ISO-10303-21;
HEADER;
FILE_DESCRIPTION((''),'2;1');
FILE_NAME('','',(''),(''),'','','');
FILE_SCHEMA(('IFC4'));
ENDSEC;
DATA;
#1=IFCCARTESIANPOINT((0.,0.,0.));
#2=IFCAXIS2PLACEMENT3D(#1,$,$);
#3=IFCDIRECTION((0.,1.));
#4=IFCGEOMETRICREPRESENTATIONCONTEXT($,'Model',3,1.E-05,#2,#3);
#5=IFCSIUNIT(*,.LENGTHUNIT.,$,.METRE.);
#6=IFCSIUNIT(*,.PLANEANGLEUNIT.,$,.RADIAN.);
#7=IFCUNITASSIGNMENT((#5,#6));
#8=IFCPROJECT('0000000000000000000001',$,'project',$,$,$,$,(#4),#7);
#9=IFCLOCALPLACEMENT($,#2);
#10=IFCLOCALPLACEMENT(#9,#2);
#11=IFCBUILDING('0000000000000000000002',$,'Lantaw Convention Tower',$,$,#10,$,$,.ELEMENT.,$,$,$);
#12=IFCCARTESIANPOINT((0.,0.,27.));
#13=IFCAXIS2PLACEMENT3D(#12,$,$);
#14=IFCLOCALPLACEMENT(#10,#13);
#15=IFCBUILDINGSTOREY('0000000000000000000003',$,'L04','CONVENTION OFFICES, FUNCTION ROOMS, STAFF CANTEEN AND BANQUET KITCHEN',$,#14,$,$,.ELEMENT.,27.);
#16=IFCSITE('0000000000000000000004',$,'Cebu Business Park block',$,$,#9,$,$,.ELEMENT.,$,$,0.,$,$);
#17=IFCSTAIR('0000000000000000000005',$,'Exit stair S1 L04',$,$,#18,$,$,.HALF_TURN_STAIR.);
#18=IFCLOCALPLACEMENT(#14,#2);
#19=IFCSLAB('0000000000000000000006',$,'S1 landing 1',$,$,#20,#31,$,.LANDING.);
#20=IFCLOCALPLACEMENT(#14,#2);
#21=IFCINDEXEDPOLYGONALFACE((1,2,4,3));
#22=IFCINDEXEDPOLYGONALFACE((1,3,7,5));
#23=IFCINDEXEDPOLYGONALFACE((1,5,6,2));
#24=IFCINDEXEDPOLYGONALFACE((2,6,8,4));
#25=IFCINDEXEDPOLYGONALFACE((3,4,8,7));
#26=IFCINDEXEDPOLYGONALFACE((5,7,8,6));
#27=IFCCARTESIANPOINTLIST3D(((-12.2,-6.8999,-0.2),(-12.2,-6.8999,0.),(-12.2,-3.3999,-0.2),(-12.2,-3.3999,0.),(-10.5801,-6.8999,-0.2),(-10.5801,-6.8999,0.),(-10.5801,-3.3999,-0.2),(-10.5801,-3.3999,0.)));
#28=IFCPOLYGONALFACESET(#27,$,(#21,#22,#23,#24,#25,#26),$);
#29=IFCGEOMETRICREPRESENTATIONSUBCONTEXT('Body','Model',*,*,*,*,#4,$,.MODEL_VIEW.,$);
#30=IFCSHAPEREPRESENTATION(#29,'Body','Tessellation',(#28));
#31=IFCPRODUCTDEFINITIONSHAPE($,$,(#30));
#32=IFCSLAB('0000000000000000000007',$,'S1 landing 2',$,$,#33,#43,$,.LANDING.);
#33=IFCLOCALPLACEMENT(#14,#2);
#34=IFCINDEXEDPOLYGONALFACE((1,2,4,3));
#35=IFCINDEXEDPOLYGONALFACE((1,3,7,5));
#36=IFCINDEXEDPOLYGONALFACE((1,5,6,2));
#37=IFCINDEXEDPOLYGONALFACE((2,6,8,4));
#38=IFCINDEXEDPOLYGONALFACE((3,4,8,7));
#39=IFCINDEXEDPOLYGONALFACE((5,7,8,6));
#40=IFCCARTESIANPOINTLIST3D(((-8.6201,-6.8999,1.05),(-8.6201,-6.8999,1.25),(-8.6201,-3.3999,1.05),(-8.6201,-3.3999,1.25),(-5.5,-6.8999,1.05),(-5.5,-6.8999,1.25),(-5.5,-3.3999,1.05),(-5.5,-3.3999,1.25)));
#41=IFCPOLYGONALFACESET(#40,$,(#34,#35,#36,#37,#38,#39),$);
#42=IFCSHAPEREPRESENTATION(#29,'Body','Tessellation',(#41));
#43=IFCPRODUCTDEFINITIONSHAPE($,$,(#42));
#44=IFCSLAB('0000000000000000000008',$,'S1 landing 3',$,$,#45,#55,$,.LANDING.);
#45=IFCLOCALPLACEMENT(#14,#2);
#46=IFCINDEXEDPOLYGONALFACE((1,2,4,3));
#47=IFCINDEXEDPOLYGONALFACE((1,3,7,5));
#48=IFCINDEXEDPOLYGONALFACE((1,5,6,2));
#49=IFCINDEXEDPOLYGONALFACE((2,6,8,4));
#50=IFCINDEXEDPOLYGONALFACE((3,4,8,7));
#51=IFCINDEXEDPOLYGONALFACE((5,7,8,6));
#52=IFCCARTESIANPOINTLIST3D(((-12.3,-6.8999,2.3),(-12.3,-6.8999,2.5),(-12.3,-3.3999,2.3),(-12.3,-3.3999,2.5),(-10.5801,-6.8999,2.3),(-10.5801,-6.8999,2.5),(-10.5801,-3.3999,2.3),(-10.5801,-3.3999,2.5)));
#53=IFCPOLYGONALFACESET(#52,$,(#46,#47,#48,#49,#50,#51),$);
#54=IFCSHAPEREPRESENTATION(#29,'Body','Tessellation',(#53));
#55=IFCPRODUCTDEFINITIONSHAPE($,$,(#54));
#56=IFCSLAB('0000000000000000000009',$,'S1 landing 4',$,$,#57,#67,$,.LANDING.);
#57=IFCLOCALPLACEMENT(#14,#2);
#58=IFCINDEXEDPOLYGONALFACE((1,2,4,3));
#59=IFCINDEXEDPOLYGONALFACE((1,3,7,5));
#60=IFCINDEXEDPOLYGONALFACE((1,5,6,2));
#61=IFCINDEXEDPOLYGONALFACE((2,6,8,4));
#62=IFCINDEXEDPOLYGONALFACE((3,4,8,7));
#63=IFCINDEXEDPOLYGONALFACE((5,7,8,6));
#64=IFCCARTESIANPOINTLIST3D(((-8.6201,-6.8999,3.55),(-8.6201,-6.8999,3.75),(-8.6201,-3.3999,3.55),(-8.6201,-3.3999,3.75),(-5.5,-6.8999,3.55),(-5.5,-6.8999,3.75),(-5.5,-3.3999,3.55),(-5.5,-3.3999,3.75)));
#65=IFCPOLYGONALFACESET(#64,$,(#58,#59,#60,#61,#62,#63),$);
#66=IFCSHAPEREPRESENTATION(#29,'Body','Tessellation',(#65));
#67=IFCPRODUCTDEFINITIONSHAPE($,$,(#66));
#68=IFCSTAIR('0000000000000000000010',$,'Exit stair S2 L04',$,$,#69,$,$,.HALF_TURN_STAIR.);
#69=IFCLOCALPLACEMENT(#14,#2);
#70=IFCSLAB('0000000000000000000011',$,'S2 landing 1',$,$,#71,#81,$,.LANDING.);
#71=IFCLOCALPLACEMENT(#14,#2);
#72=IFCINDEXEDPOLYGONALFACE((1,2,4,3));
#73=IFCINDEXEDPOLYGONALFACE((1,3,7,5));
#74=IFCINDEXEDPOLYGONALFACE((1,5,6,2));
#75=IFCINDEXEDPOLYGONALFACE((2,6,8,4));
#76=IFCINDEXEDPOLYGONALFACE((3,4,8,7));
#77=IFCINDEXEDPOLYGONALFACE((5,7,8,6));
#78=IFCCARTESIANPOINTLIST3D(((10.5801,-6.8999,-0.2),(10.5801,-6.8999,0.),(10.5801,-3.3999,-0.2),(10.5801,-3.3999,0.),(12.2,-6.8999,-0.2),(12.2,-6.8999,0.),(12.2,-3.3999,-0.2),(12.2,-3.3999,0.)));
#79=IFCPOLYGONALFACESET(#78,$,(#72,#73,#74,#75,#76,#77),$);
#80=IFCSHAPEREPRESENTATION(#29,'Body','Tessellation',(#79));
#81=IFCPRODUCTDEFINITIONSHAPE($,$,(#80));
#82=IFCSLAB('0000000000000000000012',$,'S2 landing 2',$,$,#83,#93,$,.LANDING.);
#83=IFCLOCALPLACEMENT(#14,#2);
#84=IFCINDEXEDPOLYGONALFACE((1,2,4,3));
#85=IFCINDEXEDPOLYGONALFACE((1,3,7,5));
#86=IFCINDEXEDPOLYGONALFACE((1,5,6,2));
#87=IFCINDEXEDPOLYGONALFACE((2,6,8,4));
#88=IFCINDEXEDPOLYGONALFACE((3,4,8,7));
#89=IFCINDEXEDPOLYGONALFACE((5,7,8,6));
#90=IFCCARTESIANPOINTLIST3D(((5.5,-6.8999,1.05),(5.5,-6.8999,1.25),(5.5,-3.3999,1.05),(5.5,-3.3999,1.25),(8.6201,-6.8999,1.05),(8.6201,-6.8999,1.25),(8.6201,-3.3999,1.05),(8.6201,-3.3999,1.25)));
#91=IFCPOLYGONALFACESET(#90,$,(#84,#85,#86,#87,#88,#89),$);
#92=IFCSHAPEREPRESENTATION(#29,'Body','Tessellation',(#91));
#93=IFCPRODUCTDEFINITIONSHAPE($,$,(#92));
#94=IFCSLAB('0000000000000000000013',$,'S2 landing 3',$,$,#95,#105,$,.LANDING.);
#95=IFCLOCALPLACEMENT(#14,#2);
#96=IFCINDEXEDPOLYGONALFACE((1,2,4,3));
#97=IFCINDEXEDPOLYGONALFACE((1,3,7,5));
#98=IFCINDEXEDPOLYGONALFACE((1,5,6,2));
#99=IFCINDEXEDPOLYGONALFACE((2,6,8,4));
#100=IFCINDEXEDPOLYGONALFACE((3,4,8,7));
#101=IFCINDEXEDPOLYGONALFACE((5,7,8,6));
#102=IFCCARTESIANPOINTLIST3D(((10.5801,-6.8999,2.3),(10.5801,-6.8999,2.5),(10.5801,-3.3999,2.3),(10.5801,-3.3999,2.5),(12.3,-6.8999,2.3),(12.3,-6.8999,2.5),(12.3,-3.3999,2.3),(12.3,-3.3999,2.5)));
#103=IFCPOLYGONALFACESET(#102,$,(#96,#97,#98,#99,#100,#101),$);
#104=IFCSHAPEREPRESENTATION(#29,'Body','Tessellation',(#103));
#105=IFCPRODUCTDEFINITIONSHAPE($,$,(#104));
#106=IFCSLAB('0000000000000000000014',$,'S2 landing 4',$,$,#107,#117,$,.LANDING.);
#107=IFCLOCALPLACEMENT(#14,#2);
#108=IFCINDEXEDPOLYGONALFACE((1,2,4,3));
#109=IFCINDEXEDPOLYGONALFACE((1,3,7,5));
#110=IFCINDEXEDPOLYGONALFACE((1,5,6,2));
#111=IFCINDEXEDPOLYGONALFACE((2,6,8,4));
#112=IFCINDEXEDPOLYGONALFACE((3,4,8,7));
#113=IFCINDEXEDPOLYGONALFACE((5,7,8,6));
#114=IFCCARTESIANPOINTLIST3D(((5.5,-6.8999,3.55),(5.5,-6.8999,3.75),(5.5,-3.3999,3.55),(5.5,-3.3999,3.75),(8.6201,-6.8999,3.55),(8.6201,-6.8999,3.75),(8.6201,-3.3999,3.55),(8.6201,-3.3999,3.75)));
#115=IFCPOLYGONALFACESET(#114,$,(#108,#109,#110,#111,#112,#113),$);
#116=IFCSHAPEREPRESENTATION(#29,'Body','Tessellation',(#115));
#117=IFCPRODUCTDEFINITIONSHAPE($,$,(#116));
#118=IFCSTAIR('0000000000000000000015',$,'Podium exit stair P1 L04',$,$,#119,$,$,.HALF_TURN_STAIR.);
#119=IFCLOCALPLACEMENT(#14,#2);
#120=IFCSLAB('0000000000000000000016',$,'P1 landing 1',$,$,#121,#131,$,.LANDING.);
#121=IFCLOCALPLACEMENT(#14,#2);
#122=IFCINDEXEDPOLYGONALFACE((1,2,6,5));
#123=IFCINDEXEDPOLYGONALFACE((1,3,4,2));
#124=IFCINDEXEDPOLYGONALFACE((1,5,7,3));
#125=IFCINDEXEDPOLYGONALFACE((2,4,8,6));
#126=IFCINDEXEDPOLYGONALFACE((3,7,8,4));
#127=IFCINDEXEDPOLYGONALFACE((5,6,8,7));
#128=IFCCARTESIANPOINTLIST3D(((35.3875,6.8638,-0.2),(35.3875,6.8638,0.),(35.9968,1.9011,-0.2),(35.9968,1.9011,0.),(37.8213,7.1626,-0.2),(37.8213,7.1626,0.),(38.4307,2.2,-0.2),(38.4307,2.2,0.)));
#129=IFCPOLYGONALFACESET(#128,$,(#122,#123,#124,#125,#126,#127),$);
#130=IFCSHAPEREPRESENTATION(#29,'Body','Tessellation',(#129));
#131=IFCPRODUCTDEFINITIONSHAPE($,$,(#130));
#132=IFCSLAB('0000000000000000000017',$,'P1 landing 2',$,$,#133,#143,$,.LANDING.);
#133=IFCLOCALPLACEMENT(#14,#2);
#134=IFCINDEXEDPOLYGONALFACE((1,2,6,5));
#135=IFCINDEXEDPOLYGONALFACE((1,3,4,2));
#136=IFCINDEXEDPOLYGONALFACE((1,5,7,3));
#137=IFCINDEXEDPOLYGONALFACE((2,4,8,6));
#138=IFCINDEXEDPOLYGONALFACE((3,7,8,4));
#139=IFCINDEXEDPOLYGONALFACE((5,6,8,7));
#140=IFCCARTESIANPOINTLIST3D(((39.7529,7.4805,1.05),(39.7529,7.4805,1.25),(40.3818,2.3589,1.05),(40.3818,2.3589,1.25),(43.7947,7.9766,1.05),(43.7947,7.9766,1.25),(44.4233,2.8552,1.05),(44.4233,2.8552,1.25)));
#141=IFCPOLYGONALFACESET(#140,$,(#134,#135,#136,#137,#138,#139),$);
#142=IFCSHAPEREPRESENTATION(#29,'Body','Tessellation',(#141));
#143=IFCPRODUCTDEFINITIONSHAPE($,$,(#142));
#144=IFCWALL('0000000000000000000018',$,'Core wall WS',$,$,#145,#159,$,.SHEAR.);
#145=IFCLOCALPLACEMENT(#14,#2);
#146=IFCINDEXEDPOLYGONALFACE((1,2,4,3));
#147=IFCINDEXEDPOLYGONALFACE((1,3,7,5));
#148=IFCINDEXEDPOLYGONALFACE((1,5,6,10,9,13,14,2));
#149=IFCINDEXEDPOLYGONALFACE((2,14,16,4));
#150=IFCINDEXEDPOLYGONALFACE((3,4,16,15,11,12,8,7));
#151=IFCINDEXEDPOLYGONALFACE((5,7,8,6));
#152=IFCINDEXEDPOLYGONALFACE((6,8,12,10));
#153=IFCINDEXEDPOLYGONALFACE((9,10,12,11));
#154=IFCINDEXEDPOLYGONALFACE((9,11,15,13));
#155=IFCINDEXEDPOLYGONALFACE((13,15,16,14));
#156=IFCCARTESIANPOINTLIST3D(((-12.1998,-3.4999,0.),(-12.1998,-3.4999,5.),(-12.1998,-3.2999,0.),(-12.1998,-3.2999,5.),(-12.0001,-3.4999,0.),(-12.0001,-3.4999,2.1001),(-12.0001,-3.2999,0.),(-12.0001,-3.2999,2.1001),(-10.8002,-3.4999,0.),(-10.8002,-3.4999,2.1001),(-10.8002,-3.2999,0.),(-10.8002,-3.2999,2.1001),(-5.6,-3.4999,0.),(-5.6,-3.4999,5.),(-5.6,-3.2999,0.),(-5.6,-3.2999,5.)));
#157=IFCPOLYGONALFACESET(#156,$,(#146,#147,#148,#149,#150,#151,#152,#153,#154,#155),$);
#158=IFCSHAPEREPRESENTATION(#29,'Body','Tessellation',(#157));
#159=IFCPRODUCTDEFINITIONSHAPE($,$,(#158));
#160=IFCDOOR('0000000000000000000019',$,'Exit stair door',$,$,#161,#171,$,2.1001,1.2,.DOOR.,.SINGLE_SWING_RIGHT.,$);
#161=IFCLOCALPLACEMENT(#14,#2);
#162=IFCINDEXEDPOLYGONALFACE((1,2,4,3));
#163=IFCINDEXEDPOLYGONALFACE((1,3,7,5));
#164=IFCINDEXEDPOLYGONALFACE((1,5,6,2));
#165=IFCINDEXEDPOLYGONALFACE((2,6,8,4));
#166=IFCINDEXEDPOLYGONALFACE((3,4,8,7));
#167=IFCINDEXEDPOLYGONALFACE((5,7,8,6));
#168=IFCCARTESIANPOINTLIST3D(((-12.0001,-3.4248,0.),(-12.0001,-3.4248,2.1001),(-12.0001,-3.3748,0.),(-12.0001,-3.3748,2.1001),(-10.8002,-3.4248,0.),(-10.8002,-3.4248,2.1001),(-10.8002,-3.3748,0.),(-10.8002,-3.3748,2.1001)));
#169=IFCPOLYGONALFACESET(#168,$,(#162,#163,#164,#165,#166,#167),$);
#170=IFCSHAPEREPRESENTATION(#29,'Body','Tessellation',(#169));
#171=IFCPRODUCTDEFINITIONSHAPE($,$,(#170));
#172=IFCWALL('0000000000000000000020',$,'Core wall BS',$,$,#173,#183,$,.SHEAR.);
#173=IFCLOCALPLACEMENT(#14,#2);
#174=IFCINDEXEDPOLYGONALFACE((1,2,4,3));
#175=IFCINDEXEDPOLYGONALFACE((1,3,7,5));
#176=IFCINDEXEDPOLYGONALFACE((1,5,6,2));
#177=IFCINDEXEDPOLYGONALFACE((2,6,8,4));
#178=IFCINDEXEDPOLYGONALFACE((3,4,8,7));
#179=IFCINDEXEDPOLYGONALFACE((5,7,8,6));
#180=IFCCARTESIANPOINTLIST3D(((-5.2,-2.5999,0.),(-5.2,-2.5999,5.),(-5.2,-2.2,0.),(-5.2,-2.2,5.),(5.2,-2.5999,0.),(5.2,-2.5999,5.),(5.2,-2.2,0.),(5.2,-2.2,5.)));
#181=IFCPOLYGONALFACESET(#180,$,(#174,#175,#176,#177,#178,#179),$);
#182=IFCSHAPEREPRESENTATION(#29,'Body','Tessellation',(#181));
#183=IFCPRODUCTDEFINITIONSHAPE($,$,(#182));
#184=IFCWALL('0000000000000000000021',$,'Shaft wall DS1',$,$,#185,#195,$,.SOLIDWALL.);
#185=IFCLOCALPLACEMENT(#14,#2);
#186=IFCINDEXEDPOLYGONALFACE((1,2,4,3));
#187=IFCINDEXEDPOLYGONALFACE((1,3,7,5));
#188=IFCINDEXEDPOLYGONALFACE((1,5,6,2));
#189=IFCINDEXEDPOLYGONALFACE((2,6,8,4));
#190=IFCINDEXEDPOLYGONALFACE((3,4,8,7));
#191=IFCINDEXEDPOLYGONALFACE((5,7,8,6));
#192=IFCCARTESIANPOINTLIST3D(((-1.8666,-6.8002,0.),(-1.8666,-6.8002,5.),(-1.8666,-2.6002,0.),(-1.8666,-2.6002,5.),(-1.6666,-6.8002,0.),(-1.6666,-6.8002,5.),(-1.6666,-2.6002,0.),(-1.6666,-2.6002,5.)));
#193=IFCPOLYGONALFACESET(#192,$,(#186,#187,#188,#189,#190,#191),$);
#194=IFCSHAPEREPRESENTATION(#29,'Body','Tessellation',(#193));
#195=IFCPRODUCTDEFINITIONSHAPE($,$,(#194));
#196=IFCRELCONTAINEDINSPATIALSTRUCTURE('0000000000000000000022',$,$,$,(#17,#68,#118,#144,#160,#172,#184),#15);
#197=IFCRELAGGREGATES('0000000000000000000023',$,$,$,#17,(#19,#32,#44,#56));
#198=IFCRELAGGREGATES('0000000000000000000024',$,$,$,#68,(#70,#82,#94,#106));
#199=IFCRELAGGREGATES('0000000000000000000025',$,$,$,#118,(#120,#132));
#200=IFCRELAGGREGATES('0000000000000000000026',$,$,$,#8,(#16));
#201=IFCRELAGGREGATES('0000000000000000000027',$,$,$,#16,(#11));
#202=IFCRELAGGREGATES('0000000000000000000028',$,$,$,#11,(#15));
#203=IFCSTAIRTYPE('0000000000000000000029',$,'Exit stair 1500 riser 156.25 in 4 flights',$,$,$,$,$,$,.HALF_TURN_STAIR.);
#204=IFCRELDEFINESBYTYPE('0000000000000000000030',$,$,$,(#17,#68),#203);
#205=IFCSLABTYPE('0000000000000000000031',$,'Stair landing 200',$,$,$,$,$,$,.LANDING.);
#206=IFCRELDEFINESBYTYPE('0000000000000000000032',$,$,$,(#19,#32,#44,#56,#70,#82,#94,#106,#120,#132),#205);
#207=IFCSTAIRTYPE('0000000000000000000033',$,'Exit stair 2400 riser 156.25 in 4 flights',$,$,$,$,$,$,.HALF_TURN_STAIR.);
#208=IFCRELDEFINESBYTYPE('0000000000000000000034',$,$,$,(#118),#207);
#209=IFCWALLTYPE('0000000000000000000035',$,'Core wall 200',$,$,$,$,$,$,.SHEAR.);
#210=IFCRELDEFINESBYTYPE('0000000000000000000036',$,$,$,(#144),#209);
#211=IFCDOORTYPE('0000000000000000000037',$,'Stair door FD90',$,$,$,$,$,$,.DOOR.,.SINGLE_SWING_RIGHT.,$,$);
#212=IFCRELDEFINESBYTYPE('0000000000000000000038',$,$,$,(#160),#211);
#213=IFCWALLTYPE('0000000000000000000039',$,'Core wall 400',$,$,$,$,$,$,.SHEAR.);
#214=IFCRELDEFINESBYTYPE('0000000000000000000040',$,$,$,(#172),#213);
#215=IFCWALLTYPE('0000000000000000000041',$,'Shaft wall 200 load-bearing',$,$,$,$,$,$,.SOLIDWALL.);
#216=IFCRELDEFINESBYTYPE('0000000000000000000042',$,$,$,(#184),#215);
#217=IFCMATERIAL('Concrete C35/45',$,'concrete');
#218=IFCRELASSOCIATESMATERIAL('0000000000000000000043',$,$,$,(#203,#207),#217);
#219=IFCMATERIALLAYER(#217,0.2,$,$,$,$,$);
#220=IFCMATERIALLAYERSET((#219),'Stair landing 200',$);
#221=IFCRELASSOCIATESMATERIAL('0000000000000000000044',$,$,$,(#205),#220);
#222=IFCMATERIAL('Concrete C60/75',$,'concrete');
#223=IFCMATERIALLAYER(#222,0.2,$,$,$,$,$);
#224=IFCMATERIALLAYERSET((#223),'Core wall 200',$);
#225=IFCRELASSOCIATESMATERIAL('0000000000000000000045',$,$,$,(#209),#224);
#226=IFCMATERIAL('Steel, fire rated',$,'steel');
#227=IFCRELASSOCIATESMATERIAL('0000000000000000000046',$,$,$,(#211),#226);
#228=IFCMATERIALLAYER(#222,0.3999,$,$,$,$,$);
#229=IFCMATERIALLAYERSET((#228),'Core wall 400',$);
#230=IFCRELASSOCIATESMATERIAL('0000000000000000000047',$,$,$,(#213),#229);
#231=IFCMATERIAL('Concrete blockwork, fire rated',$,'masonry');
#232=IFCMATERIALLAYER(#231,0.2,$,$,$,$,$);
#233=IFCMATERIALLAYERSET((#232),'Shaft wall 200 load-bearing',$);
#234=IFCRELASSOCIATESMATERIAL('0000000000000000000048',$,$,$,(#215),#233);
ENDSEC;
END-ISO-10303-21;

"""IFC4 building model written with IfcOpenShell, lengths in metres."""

from ifc_helpers import new_model, si_unit, direction, frame, frame_2d, origin, place, context, subcontext, project, spatial, polyline, rectangle, outline, extrude, material, layer, layer_set, type_object, element, fill, aggregate, save


model = new_model("IFC4")

# Units and contexts
model_context = context("Model", 3, precision=1e-05, world=origin(), true_north=direction((0.0, 1.0)))
body_context = subcontext(model_context, "Body", "Model", "MODEL_VIEW")
ifc_project = project(units=[si_unit("LENGTHUNIT", "METRE"), si_unit("PLANEANGLEUNIT", "RADIAN")], contexts=[model_context])

# Site, building, storey
site_placement = place(None, origin())
site = spatial("IfcSite", under=ifc_project, at=site_placement, Name="Cebu Business Park block", CompositionType="ELEMENT", RefElevation=0.0)
building_placement = place(site_placement, origin())
building = spatial("IfcBuilding", under=site, at=building_placement, Name="Lantaw Convention Tower", CompositionType="ELEMENT")
storey_placement = place(building_placement, frame((0.0, 0.0, 27.0)))
storey = spatial("IfcBuildingStorey", under=building, at=storey_placement, Name="L04", Description="CONVENTION OFFICES, FUNCTION ROOMS, STAFF CANTEEN AND BANQUET KITCHEN", CompositionType="ELEMENT", Elevation=27.0)

# Shared definitions
ifc_material_1 = material(Name="Concrete C35/45", Category="concrete")

# Stairs, slabs
stair_type_1 = type_object("IfcStairType", Name="Exit stair 1500 riser 156.25 in 4 flights", PredefinedType="HALF_TURN_STAIR", material=ifc_material_1)
stair_1_placement = place(storey_placement, origin())
stair_1 = element("IfcStair", 1, at=stair_1_placement, inside=storey, type_object=stair_type_1, Name="Exit stair S1 L04", PredefinedType="HALF_TURN_STAIR")
ifc_layer_1 = layer(ifc_material_1, 0.2)
ifc_layer_set_1 = layer_set([ifc_layer_1], Name="Stair landing 200")
slab_type_1 = type_object("IfcSlabType", Name="Stair landing 200", PredefinedType="LANDING", material=ifc_layer_set_1)
slab_1_placement = place(storey_placement, frame((0.0, 0.0, -0.2)))
slab_1 = element("IfcSlab", 2, at=slab_1_placement, type_object=slab_type_1, Name="S1 landing 1", PredefinedType="LANDING", context=body_context, shape_type="SweptSolid", body=[
    extrude(outline(polyline([(-12.2, -6.8999), (-10.5801, -6.8999), (-10.5801, -3.3999), (-12.2, -3.3999), (-12.2, -6.8999)])), origin(), (0.0, 0.0, 1.0), 0.2),
])
slab_2_placement = place(storey_placement, frame((0.0, 0.0, 1.05)))
slab_2 = element("IfcSlab", 3, at=slab_2_placement, type_object=slab_type_1, Name="S1 landing 2", PredefinedType="LANDING", context=body_context, shape_type="SweptSolid", body=[
    extrude(outline(polyline([(-8.6201, -6.8999), (-5.5, -6.8999), (-5.5, -3.3999), (-8.6201, -3.3999), (-8.6201, -6.8999)])), origin(), (0.0, 0.0, 1.0), 0.2),
])
slab_3_placement = place(storey_placement, frame((0.0, 0.0, 2.3)))
slab_3 = element("IfcSlab", 4, at=slab_3_placement, type_object=slab_type_1, Name="S1 landing 3", PredefinedType="LANDING", context=body_context, shape_type="SweptSolid", body=[
    extrude(outline(polyline([(-12.3, -6.8999), (-10.5801, -6.8999), (-10.5801, -3.3999), (-12.3, -3.3999), (-12.3, -6.8999)])), origin(), (0.0, 0.0, 1.0), 0.2),
])
slab_4_placement = place(storey_placement, frame((0.0, 0.0, 3.55)))
slab_4 = element("IfcSlab", 5, at=slab_4_placement, type_object=slab_type_1, Name="S1 landing 4", PredefinedType="LANDING", context=body_context, shape_type="SweptSolid", body=[
    extrude(outline(polyline([(-8.6201, -6.8999), (-5.5, -6.8999), (-5.5, -3.3999), (-8.6201, -3.3999), (-8.6201, -6.8999)])), origin(), (0.0, 0.0, 1.0), 0.2),
])
aggregate(stair_1, [slab_1, slab_2, slab_3, slab_4])
stair_2_placement = place(storey_placement, origin())
stair_2 = element("IfcStair", 6, at=stair_2_placement, inside=storey, type_object=stair_type_1, Name="Exit stair S2 L04", PredefinedType="HALF_TURN_STAIR")
slab_5_placement = place(storey_placement, frame((0.0, 0.0, -0.2)))
slab_5 = element("IfcSlab", 7, at=slab_5_placement, type_object=slab_type_1, Name="S2 landing 1", PredefinedType="LANDING", context=body_context, shape_type="SweptSolid", body=[
    extrude(outline(polyline([(10.5801, -6.8999), (12.2, -6.8999), (12.2, -3.3999), (10.5801, -3.3999), (10.5801, -6.8999)])), origin(), (0.0, 0.0, 1.0), 0.2),
])
slab_6_placement = place(storey_placement, frame((0.0, 0.0, 1.05)))
slab_6 = element("IfcSlab", 8, at=slab_6_placement, type_object=slab_type_1, Name="S2 landing 2", PredefinedType="LANDING", context=body_context, shape_type="SweptSolid", body=[
    extrude(outline(polyline([(5.5, -6.8999), (8.6201, -6.8999), (8.6201, -3.3999), (5.5, -3.3999), (5.5, -6.8999)])), origin(), (0.0, 0.0, 1.0), 0.2),
])
slab_7_placement = place(storey_placement, frame((0.0, 0.0, 2.3)))
slab_7 = element("IfcSlab", 9, at=slab_7_placement, type_object=slab_type_1, Name="S2 landing 3", PredefinedType="LANDING", context=body_context, shape_type="SweptSolid", body=[
    extrude(outline(polyline([(10.5801, -6.8999), (12.3, -6.8999), (12.3, -3.3999), (10.5801, -3.3999), (10.5801, -6.8999)])), origin(), (0.0, 0.0, 1.0), 0.2),
])
slab_8_placement = place(storey_placement, frame((0.0, 0.0, 3.55)))
slab_8 = element("IfcSlab", 10, at=slab_8_placement, type_object=slab_type_1, Name="S2 landing 4", PredefinedType="LANDING", context=body_context, shape_type="SweptSolid", body=[
    extrude(outline(polyline([(5.5, -6.8999), (8.6201, -6.8999), (8.6201, -3.3999), (5.5, -3.3999), (5.5, -6.8999)])), origin(), (0.0, 0.0, 1.0), 0.2),
])
aggregate(stair_2, [slab_5, slab_6, slab_7, slab_8])
stair_type_2 = type_object("IfcStairType", Name="Exit stair 2400 riser 156.25 in 4 flights", PredefinedType="HALF_TURN_STAIR", material=ifc_material_1)
stair_3_placement = place(storey_placement, origin())
stair_3 = element("IfcStair", 11, at=stair_3_placement, inside=storey, type_object=stair_type_2, Name="Podium exit stair P1 L04", PredefinedType="HALF_TURN_STAIR")
slab_9_placement = place(storey_placement, frame((0.0, 0.0, -0.2)))
slab_9 = element("IfcSlab", 12, at=slab_9_placement, type_object=slab_type_1, Name="P1 landing 1", PredefinedType="LANDING", context=body_context, shape_type="SweptSolid", body=[
    extrude(outline(polyline([(35.9968, 1.9011), (38.4307, 2.2), (37.8213, 7.1626), (35.3875, 6.8638), (35.9968, 1.9011)])), origin(), (0.0, 0.0, 1.0), 0.2),
])
slab_10_placement = place(storey_placement, frame((0.0, 0.0, 1.05)))
slab_10 = element("IfcSlab", 13, at=slab_10_placement, type_object=slab_type_1, Name="P1 landing 2", PredefinedType="LANDING", context=body_context, shape_type="SweptSolid", body=[
    extrude(outline(polyline([(40.3818, 2.3589), (44.4233, 2.8552), (43.7947, 7.9766), (39.7529, 7.4805), (40.3818, 2.3589)])), origin(), (0.0, 0.0, 1.0), 0.2),
])
aggregate(stair_3, [slab_9, slab_10])

# Wall, opening, door
ifc_material_2 = material(Name="Concrete C60/75", Category="concrete")
ifc_layer_2 = layer(ifc_material_2, 0.2)
ifc_layer_set_2 = layer_set([ifc_layer_2], Name="Core wall 200")
wall_type_1 = type_object("IfcWallType", Name="Core wall 200", PredefinedType="SHEAR", material=ifc_layer_set_2)
wall_1_placement = place(storey_placement, frame((-5.6001, -3.3999, 0.0), z_axis=(0.0, 0.0, 1.0), x_axis=(-1.0, 0.0, 0.0)))
wall_1 = element("IfcWall", 14, at=wall_1_placement, inside=storey, type_object=wall_type_1, Name="Core wall WS", PredefinedType="SHEAR", context=body_context, shape_type="SweptSolid", body=[
    extrude(rectangle(XDim=6.5999, YDim=0.2, at=frame_2d((3.2998, 0.0))), origin(), (0.0, 0.0, 1.0), 5.0),
])
opening_placement = place(wall_1_placement, frame((5.2, 0.0, 0.0)))
opening = element("IfcOpeningElement", 15, at=opening_placement, cuts=wall_1, PredefinedType="OPENING", context=body_context, shape_type="SweptSolid", body=[
    extrude(rectangle(XDim=1.2, YDim=2.1001, at=frame_2d((0.6001, 1.05))), frame((0.0, 0.1099, 0.0), z_axis=(0.0, -1.0, 0.0), x_axis=(1.0, 0.0, 0.0)), (0.0, 0.0, 1.0), 0.22),
])
ifc_material_3 = material(Name="Steel, fire rated", Category="steel")
door_type = type_object("IfcDoorType", Name="Stair door FD90", OperationType="SINGLE_SWING_RIGHT", PredefinedType="DOOR", material=ifc_material_3)
door_placement = place(opening_placement, origin())
door = element("IfcDoor", 16, at=door_placement, inside=storey, type_object=door_type, Name="Exit stair door", OperationType="SINGLE_SWING_RIGHT", OverallHeight=2.1001, OverallWidth=1.2, PredefinedType="DOOR", context=body_context, shape_type="SweptSolid", body=[
    extrude(rectangle(XDim=1.2, YDim=2.1001, at=frame_2d((0.6001, 1.05))), frame((0.0, 0.0249, 0.0), z_axis=(0.0, -1.0, 0.0), x_axis=(1.0, 0.0, 0.0)), (0.0, 0.0, 1.0), 0.05),
])
fill(opening, door)

# Walls
ifc_layer_3 = layer(ifc_material_2, 0.3999)
ifc_layer_set_3 = layer_set([ifc_layer_3], Name="Core wall 400")
wall_type_2 = type_object("IfcWallType", Name="Core wall 400", PredefinedType="SHEAR", material=ifc_layer_set_3)
wall_2_placement = place(storey_placement, frame((-5.2, -2.3999, 0.0), z_axis=(0.0, 0.0, 1.0), x_axis=(1.0, 0.0, 0.0)))
element("IfcWall", 17, at=wall_2_placement, inside=storey, type_object=wall_type_2, Name="Core wall BS", PredefinedType="SHEAR", context=body_context, shape_type="SweptSolid", body=[
    extrude(rectangle(XDim=10.3999, YDim=0.3999, at=frame_2d((5.2, 0.0))), origin(), (0.0, 0.0, 1.0), 5.0),
])
ifc_material_4 = material(Name="Concrete blockwork, fire rated", Category="masonry")
ifc_layer_4 = layer(ifc_material_4, 0.2)
ifc_layer_set_4 = layer_set([ifc_layer_4], Name="Shaft wall 200 load-bearing")
wall_type_3 = type_object("IfcWallType", Name="Shaft wall 200 load-bearing", PredefinedType="SOLIDWALL", material=ifc_layer_set_4)
wall_3_placement = place(storey_placement, frame((-1.7666, -2.6001, 0.0), z_axis=(0.0, 0.0, 1.0), x_axis=(0.0, -1.0, 0.0)))
element("IfcWall", 18, at=wall_3_placement, inside=storey, type_object=wall_type_3, Name="Shaft wall DS1", PredefinedType="SOLIDWALL", context=body_context, shape_type="SweptSolid", body=[
    extrude(rectangle(XDim=4.2, YDim=0.2, at=frame_2d((2.1001, 0.0))), origin(), (0.0, 0.0, 1.0), 5.0),
])

save(model, "model.ifc")
